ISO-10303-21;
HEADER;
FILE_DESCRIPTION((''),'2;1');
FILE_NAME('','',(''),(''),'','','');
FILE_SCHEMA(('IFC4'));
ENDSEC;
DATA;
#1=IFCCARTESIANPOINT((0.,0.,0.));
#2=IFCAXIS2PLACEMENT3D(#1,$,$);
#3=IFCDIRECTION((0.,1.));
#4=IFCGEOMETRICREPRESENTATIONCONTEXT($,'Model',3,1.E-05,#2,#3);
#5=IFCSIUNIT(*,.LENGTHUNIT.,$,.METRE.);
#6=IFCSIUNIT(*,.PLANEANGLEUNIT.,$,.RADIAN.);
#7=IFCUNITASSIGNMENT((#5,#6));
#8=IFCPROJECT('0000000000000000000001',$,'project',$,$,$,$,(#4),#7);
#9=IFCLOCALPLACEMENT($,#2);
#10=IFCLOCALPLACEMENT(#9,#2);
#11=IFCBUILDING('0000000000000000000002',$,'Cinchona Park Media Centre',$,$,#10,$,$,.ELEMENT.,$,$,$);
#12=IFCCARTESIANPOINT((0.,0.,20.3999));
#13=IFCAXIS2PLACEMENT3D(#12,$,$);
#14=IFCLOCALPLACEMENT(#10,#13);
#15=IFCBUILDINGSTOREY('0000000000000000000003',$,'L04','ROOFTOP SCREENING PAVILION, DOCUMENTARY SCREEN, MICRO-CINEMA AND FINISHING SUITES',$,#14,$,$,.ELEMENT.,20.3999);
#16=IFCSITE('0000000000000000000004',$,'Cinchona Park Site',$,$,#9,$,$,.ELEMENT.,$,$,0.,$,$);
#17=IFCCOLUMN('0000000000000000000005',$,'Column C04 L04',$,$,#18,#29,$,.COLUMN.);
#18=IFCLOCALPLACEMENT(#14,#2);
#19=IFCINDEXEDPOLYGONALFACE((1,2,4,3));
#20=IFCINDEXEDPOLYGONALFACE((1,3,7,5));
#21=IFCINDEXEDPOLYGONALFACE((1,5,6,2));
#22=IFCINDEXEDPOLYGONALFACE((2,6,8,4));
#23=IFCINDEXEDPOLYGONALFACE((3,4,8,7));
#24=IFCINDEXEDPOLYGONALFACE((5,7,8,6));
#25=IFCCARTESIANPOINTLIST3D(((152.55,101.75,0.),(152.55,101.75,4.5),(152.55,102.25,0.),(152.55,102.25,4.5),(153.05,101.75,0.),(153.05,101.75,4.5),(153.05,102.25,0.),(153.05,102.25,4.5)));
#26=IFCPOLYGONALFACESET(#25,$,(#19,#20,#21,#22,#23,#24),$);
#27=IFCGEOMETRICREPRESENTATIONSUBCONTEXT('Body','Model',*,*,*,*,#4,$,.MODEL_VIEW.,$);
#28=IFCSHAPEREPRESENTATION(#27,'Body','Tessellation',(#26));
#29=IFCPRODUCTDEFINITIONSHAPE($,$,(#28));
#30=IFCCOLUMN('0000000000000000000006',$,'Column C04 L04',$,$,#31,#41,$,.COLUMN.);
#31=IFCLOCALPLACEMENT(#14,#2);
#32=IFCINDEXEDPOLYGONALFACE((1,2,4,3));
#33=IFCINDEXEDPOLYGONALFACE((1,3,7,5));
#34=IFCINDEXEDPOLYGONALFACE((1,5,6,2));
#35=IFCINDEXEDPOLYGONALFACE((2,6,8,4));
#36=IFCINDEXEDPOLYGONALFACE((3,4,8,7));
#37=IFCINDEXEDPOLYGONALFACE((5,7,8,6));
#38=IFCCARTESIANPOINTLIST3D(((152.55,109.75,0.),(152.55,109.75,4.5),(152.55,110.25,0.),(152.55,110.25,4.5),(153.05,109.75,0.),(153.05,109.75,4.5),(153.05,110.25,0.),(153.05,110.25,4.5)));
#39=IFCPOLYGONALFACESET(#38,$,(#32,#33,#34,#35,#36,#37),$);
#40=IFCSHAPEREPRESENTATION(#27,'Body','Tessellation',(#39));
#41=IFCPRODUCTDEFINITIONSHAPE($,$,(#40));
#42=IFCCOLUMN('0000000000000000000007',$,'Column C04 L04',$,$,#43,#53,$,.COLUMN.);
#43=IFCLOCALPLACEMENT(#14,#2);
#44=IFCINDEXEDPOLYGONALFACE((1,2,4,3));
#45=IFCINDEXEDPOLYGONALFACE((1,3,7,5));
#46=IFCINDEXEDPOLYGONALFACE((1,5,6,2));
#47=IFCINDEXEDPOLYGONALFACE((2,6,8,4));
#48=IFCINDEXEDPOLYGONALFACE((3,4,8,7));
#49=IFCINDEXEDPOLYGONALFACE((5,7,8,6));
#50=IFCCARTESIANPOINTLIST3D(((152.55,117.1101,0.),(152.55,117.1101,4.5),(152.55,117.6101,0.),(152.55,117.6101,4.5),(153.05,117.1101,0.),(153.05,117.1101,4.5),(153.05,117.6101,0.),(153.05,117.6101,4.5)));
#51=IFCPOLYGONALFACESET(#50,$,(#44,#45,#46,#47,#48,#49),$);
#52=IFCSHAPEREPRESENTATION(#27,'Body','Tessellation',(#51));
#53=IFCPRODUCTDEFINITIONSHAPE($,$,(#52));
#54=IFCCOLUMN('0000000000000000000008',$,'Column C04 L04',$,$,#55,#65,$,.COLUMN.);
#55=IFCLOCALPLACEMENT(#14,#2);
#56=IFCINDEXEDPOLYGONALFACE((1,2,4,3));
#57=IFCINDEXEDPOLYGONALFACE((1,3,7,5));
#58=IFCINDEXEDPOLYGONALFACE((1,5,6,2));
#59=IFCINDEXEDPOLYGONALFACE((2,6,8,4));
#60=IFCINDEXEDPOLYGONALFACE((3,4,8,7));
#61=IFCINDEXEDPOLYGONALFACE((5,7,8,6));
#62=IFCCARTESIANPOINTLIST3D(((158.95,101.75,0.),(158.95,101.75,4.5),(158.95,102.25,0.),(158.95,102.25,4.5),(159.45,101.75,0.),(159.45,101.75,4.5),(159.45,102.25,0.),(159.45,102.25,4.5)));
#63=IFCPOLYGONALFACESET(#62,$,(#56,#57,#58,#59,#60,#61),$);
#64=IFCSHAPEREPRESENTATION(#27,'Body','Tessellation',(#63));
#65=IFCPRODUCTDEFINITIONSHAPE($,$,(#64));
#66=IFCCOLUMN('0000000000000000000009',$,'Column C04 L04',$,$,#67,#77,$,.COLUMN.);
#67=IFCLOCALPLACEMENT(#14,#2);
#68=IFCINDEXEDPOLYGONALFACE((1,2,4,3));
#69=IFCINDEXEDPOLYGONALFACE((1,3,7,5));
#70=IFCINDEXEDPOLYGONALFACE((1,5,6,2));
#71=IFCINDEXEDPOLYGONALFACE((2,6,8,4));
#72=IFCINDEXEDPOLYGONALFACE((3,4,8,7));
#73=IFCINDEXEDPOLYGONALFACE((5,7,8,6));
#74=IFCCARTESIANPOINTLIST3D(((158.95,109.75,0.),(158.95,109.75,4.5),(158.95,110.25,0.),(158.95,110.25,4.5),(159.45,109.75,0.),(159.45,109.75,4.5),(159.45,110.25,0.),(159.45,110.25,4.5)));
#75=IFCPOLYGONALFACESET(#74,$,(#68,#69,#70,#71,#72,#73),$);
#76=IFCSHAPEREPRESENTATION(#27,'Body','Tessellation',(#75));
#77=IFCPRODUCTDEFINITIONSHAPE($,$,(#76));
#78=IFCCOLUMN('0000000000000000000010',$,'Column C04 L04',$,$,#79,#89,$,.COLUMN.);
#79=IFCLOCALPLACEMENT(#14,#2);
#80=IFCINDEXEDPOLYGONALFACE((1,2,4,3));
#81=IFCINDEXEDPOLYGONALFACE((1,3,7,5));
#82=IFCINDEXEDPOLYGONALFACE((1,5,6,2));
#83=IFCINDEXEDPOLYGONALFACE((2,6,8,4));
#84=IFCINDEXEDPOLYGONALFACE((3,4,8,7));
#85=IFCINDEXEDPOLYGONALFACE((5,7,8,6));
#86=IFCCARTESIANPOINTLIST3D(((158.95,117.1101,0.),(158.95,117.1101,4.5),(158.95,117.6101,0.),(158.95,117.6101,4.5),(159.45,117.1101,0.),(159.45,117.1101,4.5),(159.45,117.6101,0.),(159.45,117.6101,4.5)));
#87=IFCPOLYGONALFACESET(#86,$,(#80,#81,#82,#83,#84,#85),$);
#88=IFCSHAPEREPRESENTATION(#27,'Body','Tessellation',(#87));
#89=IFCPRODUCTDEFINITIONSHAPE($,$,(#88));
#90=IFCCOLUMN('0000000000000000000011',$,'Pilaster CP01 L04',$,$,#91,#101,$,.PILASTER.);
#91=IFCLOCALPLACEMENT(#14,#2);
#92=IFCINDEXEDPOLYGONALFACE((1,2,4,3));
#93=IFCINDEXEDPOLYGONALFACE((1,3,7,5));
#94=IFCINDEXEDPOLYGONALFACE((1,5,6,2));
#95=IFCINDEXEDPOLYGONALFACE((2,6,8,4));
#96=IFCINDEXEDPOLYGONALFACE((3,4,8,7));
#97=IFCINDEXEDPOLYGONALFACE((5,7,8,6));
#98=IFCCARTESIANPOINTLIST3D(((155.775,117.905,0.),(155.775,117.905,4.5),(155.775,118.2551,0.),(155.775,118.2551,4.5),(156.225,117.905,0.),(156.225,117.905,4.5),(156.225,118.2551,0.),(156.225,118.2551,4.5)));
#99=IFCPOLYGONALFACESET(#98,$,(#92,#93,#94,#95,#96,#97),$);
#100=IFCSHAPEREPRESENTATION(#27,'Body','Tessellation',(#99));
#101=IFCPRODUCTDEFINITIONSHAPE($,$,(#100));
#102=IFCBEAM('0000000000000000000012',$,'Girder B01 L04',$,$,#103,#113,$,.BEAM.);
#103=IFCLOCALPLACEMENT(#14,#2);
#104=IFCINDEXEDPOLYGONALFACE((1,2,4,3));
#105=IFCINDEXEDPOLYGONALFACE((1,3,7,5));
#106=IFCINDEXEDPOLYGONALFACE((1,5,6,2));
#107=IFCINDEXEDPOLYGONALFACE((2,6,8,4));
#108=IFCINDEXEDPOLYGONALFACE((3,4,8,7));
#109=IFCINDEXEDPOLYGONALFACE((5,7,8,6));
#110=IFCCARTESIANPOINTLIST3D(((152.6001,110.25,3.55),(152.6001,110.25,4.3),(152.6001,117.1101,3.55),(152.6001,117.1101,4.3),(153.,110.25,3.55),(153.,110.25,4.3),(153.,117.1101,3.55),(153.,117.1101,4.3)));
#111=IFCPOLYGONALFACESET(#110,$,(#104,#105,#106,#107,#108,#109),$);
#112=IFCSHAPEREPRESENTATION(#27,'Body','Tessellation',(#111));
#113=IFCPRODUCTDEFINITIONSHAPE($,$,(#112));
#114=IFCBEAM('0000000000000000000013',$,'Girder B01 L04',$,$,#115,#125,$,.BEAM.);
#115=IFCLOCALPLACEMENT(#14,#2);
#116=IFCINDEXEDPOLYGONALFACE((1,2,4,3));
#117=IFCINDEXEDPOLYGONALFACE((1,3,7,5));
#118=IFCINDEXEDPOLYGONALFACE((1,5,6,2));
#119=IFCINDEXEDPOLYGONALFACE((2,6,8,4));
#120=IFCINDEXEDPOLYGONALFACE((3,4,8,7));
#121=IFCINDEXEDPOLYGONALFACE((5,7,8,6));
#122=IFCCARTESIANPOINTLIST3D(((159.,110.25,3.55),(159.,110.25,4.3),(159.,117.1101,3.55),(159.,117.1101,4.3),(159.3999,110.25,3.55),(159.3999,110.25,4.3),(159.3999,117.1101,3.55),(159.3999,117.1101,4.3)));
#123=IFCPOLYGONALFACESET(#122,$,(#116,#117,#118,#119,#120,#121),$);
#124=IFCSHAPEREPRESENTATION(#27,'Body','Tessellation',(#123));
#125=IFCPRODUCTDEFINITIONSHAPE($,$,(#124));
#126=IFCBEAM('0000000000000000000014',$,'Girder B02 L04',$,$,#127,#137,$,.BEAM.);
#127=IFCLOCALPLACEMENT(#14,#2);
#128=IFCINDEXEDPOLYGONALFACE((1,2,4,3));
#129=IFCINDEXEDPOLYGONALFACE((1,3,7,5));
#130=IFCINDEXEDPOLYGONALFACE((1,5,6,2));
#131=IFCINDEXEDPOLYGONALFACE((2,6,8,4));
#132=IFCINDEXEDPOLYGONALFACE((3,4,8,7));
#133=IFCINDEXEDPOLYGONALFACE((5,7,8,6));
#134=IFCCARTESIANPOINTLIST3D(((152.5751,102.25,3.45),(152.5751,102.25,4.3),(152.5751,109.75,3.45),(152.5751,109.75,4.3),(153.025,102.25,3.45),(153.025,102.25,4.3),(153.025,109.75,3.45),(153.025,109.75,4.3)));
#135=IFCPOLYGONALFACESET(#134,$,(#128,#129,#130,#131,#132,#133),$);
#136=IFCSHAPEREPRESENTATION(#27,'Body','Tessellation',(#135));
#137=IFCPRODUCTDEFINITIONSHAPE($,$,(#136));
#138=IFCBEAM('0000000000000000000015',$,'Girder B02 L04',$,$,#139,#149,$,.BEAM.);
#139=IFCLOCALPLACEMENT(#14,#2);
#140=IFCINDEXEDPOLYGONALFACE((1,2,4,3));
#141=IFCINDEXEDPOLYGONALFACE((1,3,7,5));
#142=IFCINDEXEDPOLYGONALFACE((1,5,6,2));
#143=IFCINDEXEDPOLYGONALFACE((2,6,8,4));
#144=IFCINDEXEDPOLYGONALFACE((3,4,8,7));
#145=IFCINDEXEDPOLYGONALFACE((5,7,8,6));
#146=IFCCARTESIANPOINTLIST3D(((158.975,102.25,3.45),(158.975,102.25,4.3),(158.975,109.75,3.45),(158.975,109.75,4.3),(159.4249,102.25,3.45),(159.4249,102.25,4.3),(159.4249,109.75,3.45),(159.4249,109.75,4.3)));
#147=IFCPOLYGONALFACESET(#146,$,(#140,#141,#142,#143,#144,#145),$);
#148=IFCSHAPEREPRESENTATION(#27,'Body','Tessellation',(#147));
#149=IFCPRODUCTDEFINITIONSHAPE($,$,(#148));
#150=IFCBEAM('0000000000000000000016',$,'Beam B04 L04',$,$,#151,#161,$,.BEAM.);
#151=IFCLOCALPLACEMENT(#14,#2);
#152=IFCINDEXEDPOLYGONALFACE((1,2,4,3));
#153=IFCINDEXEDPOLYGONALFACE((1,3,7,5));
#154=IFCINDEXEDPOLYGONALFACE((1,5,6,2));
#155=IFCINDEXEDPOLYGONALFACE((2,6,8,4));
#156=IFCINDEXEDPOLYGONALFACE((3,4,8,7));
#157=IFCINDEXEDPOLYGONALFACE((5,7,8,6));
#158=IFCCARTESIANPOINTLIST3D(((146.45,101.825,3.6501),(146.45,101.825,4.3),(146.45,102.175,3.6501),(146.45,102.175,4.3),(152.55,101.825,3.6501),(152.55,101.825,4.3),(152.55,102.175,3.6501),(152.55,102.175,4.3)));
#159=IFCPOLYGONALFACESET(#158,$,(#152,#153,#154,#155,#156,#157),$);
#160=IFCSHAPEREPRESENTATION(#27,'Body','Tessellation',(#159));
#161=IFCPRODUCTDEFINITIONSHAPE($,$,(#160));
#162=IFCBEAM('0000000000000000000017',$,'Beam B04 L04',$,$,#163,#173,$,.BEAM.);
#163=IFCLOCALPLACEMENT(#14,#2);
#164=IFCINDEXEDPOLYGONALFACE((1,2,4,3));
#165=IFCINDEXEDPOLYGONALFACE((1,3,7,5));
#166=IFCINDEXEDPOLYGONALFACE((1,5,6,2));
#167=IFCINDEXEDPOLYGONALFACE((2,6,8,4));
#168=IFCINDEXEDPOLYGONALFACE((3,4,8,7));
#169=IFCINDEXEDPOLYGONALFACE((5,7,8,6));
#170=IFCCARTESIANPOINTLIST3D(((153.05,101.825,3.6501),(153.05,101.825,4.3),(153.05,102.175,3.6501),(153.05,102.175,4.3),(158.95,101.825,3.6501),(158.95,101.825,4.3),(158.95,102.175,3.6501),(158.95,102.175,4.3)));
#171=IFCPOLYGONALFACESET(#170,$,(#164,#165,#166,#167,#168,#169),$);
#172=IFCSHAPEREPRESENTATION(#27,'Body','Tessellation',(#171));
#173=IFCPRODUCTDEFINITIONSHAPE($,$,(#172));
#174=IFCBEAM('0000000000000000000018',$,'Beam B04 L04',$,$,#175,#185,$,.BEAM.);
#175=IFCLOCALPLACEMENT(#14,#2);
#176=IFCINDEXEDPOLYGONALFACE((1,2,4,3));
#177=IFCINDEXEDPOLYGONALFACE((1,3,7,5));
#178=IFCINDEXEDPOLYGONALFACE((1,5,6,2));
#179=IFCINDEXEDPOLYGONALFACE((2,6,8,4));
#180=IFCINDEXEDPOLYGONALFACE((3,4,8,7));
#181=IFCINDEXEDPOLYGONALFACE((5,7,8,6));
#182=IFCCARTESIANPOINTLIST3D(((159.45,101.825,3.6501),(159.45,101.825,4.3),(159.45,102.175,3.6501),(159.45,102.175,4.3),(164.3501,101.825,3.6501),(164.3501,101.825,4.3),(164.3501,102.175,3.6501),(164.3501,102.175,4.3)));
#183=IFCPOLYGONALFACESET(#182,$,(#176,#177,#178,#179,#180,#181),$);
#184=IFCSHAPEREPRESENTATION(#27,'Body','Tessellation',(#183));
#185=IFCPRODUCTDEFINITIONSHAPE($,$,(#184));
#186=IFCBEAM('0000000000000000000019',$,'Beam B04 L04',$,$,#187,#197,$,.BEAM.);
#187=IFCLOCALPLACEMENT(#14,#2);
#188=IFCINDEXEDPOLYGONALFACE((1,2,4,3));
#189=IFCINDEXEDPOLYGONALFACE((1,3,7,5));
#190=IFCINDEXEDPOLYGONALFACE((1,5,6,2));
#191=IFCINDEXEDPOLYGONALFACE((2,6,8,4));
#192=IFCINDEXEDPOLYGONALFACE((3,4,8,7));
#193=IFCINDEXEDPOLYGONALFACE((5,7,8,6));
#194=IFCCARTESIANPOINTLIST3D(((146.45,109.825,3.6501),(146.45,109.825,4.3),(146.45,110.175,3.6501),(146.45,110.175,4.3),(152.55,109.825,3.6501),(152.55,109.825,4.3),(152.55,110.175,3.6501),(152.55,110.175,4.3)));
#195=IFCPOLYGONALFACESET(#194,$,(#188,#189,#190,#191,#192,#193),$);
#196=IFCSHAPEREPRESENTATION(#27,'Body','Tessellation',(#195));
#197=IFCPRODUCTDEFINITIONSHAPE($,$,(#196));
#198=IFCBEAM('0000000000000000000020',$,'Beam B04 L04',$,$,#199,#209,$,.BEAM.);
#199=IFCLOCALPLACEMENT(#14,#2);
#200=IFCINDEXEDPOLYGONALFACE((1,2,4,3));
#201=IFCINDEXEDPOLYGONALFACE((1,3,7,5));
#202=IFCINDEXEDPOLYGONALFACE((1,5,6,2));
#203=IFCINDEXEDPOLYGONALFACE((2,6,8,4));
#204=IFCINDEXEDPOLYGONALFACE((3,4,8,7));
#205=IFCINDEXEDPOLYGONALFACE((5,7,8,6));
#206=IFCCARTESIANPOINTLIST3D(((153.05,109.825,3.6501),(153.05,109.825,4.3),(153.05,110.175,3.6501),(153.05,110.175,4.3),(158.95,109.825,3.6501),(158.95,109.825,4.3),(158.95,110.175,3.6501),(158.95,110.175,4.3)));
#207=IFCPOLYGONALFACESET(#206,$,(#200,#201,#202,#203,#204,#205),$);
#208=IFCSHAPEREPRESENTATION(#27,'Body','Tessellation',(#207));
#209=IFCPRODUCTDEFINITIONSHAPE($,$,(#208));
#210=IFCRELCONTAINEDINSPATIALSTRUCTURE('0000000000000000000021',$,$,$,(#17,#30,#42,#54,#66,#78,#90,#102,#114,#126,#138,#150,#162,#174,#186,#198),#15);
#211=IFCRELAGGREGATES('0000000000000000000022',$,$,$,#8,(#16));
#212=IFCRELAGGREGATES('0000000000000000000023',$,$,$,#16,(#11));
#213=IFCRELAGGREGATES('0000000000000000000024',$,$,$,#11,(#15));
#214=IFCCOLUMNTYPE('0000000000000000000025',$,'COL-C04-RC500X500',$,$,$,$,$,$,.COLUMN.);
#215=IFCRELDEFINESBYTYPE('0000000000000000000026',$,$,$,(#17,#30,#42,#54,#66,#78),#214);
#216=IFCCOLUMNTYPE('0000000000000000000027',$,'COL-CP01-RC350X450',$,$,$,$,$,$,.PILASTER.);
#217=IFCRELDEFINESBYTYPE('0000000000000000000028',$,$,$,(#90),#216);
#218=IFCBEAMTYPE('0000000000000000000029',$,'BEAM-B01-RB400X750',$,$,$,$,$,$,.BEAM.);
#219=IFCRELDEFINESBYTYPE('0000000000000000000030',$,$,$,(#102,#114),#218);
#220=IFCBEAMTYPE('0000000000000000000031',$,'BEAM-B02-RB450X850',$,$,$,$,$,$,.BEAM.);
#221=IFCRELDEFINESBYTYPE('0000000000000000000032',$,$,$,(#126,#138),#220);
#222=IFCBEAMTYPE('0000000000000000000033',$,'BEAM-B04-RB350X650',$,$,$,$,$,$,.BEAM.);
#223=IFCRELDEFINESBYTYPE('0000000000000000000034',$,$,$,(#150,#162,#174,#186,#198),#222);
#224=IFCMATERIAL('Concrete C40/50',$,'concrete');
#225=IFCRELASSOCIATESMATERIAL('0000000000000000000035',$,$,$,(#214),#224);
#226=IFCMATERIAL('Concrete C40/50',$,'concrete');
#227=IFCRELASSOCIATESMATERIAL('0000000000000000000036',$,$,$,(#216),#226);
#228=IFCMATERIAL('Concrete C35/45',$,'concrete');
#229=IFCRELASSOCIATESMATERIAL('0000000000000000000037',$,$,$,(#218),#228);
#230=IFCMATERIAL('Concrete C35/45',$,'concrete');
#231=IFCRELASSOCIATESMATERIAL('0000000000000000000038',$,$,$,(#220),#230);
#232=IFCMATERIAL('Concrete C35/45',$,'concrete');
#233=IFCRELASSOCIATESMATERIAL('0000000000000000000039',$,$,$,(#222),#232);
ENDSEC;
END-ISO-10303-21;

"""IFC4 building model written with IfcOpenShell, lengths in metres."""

from ifc_helpers import new_model, si_unit, direction, frame, origin, origin_2d, place, context, subcontext, project, spatial, rectangle, extrude, material, material_profile, profile_set, type_object, element, save


model = new_model("IFC4")

# Units and contexts
model_context = context("Model", 3, precision=1e-05, world=origin(), true_north=direction((0.0, 1.0)))
body_context = subcontext(model_context, "Body", "Model", "MODEL_VIEW")
ifc_project = project(units=[si_unit("LENGTHUNIT", "METRE"), si_unit("PLANEANGLEUNIT", "RADIAN")], contexts=[model_context])

# Site, building, storey
site_placement = place(None, origin())
site = spatial("IfcSite", under=ifc_project, at=site_placement, Name="Cinchona Park Site", CompositionType="ELEMENT", RefElevation=0.0)
building_placement = place(site_placement, origin())
building = spatial("IfcBuilding", under=site, at=building_placement, Name="Cinchona Park Media Centre", CompositionType="ELEMENT")
storey_placement = place(building_placement, frame((0.0, 0.0, 20.3999)))
storey = spatial("IfcBuildingStorey", under=building, at=storey_placement, Name="L04", Description="ROOFTOP SCREENING PAVILION, DOCUMENTARY SCREEN, MICRO-CINEMA AND FINISHING SUITES", CompositionType="ELEMENT", Elevation=20.3999)

# Columns
ifc_material_1 = material(Name="Concrete C40/50", Category="concrete")
ifc_material_profile_1 = material_profile(ifc_material_1, rectangle(XDim=0.5, YDim=0.5, at=origin_2d()), Name="RC 500X500")
ifc_profile_set_1 = profile_set([ifc_material_profile_1], Name="Concrete C40/50")
column_type_1 = type_object("IfcColumnType", Name="COL-C04-RC500X500", PredefinedType="COLUMN", material=ifc_profile_set_1)
for number, where, z_axis, x_axis, name in (
    (1, (152.8, 102.0, 0.0), (0.0, 0.0, 1.0), (1.0, 0.0, 0.0), "Column C04 L04"),
    (2, (152.8, 110.0, 0.0), (0.0, 0.0, 1.0), (1.0, 0.0, 0.0), "Column C04 L04"),
    (3, (152.8, 117.3601, 0.0), (0.0, 0.0, 1.0), (1.0, 0.0, 0.0), "Column C04 L04"),
    (4, (159.2, 102.0, 0.0), (0.0, 0.0, 1.0), (1.0, 0.0, 0.0), "Column C04 L04"),
    (5, (159.2, 110.0, 0.0), (0.0, 0.0, 1.0), (1.0, 0.0, 0.0), "Column C04 L04"),
    (6, (159.2, 117.3601, 0.0), (0.0, 0.0, 1.0), (1.0, 0.0, 0.0), "Column C04 L04"),
):
    element("IfcColumn", number, at=place(storey_placement, frame(where, z_axis=z_axis, x_axis=x_axis)), inside=storey, type_object=column_type_1, Name=name, PredefinedType="COLUMN", context=body_context, shape_type="SweptSolid", body=[
        extrude(rectangle(XDim=0.5, YDim=0.5, at=origin_2d()), origin(), (0.0, 0.0, 1.0), 4.5),
    ])
ifc_material_2 = material(Name="Concrete C40/50", Category="concrete")
ifc_material_profile_2 = material_profile(ifc_material_2, rectangle(XDim=0.3501, YDim=0.45, at=origin_2d()), Name="RC 350X450")
ifc_profile_set_2 = profile_set([ifc_material_profile_2], Name="Concrete C40/50")
column_type_2 = type_object("IfcColumnType", Name="COL-CP01-RC350X450", PredefinedType="PILASTER", material=ifc_profile_set_2)
column_placement = place(storey_placement, frame((156.0, 118.0801, 0.0), z_axis=(0.0, 0.0, 1.0), x_axis=(0.0, 1.0, 0.0)))
element("IfcColumn", 7, at=column_placement, inside=storey, type_object=column_type_2, Name="Pilaster CP01 L04", PredefinedType="PILASTER", context=body_context, shape_type="SweptSolid", body=[
    extrude(rectangle(XDim=0.3501, YDim=0.45, at=origin_2d()), origin(), (0.0, 0.0, 1.0), 4.5),
])

# Beams
ifc_material_3 = material(Name="Concrete C35/45", Category="concrete")
ifc_material_profile_3 = material_profile(ifc_material_3, rectangle(XDim=0.3999, YDim=0.75, at=origin_2d()), Name="RB 400X750")
ifc_profile_set_3 = profile_set([ifc_material_profile_3], Name="Concrete C35/45")
beam_type_1 = type_object("IfcBeamType", Name="BEAM-B01-RB400X750", PredefinedType="BEAM", material=ifc_profile_set_3)
for number, where, z_axis, x_axis, name in (
    (8, (152.8, 110.25, 3.925), (0.0, 1.0, 0.0), (-1.0, 0.0, 0.0), "Girder B01 L04"),
    (9, (159.2, 110.25, 3.925), (0.0, 1.0, 0.0), (-1.0, 0.0, 0.0), "Girder B01 L04"),
):
    element("IfcBeam", number, at=place(storey_placement, frame(where, z_axis=z_axis, x_axis=x_axis)), inside=storey, type_object=beam_type_1, Name=name, PredefinedType="BEAM", context=body_context, shape_type="SweptSolid", body=[
        extrude(rectangle(XDim=0.3999, YDim=0.75, at=origin_2d()), origin(), (0.0, 0.0, 1.0), 6.8601),
    ])
ifc_material_4 = material(Name="Concrete C35/45", Category="concrete")
ifc_material_profile_4 = material_profile(ifc_material_4, rectangle(XDim=0.45, YDim=0.8501, at=origin_2d()), Name="RB 450X850")
ifc_profile_set_4 = profile_set([ifc_material_profile_4], Name="Concrete C35/45")
beam_type_2 = type_object("IfcBeamType", Name="BEAM-B02-RB450X850", PredefinedType="BEAM", material=ifc_profile_set_4)
for number, where, z_axis, x_axis, name in (
    (10, (152.8, 102.25, 3.875), (0.0, 1.0, 0.0), (-1.0, 0.0, 0.0), "Girder B02 L04"),
    (11, (159.2, 102.25, 3.875), (0.0, 1.0, 0.0), (-1.0, 0.0, 0.0), "Girder B02 L04"),
):
    element("IfcBeam", number, at=place(storey_placement, frame(where, z_axis=z_axis, x_axis=x_axis)), inside=storey, type_object=beam_type_2, Name=name, PredefinedType="BEAM", context=body_context, shape_type="SweptSolid", body=[
        extrude(rectangle(XDim=0.45, YDim=0.8501, at=origin_2d()), origin(), (0.0, 0.0, 1.0), 7.5),
    ])
ifc_material_5 = material(Name="Concrete C35/45", Category="concrete")
ifc_material_profile_5 = material_profile(ifc_material_5, rectangle(XDim=0.3501, YDim=0.6499, at=origin_2d()), Name="RB 350X650")
ifc_profile_set_5 = profile_set([ifc_material_profile_5], Name="Concrete C35/45")
beam_type_3 = type_object("IfcBeamType", Name="BEAM-B04-RB350X650", PredefinedType="BEAM", material=ifc_profile_set_5)
beam_1_placement = place(storey_placement, frame((146.45, 102.0, 3.9751), z_axis=(1.0, 0.0, 0.0), x_axis=(0.0, 1.0, 0.0)))
element("IfcBeam", 12, at=beam_1_placement, inside=storey, type_object=beam_type_3, Name="Beam B04 L04", PredefinedType="BEAM", context=body_context, shape_type="SweptSolid", body=[
    extrude(rectangle(XDim=0.3501, YDim=0.6499, at=origin_2d()), origin(), (0.0, 0.0, 1.0), 6.1001),
])
beam_2_placement = place(storey_placement, frame((153.05, 102.0, 3.9751), z_axis=(1.0, 0.0, 0.0), x_axis=(0.0, 1.0, 0.0)))
element("IfcBeam", 13, at=beam_2_placement, inside=storey, type_object=beam_type_3, Name="Beam B04 L04", PredefinedType="BEAM", context=body_context, shape_type="SweptSolid", body=[
    extrude(rectangle(XDim=0.3501, YDim=0.6499, at=origin_2d()), origin(), (0.0, 0.0, 1.0), 5.8999),
])
beam_3_placement = place(storey_placement, frame((159.45, 102.0, 3.9751), z_axis=(1.0, 0.0, 0.0), x_axis=(0.0, 1.0, 0.0)))
element("IfcBeam", 14, at=beam_3_placement, inside=storey, type_object=beam_type_3, Name="Beam B04 L04", PredefinedType="BEAM", context=body_context, shape_type="SweptSolid", body=[
    extrude(rectangle(XDim=0.3501, YDim=0.6499, at=origin_2d()), origin(), (0.0, 0.0, 1.0), 4.9001),
])
beam_4_placement = place(storey_placement, frame((146.45, 110.0, 3.9751), z_axis=(1.0, 0.0, 0.0), x_axis=(0.0, 1.0, 0.0)))
element("IfcBeam", 15, at=beam_4_placement, inside=storey, type_object=beam_type_3, Name="Beam B04 L04", PredefinedType="BEAM", context=body_context, shape_type="SweptSolid", body=[
    extrude(rectangle(XDim=0.3501, YDim=0.6499, at=origin_2d()), origin(), (0.0, 0.0, 1.0), 6.1001),
])
beam_5_placement = place(storey_placement, frame((153.05, 110.0, 3.9751), z_axis=(1.0, 0.0, 0.0), x_axis=(0.0, 1.0, 0.0)))
element("IfcBeam", 16, at=beam_5_placement, inside=storey, type_object=beam_type_3, Name="Beam B04 L04", PredefinedType="BEAM", context=body_context, shape_type="SweptSolid", body=[
    extrude(rectangle(XDim=0.3501, YDim=0.6499, at=origin_2d()), origin(), (0.0, 0.0, 1.0), 5.8999),
])

save(model, "model.ifc")
